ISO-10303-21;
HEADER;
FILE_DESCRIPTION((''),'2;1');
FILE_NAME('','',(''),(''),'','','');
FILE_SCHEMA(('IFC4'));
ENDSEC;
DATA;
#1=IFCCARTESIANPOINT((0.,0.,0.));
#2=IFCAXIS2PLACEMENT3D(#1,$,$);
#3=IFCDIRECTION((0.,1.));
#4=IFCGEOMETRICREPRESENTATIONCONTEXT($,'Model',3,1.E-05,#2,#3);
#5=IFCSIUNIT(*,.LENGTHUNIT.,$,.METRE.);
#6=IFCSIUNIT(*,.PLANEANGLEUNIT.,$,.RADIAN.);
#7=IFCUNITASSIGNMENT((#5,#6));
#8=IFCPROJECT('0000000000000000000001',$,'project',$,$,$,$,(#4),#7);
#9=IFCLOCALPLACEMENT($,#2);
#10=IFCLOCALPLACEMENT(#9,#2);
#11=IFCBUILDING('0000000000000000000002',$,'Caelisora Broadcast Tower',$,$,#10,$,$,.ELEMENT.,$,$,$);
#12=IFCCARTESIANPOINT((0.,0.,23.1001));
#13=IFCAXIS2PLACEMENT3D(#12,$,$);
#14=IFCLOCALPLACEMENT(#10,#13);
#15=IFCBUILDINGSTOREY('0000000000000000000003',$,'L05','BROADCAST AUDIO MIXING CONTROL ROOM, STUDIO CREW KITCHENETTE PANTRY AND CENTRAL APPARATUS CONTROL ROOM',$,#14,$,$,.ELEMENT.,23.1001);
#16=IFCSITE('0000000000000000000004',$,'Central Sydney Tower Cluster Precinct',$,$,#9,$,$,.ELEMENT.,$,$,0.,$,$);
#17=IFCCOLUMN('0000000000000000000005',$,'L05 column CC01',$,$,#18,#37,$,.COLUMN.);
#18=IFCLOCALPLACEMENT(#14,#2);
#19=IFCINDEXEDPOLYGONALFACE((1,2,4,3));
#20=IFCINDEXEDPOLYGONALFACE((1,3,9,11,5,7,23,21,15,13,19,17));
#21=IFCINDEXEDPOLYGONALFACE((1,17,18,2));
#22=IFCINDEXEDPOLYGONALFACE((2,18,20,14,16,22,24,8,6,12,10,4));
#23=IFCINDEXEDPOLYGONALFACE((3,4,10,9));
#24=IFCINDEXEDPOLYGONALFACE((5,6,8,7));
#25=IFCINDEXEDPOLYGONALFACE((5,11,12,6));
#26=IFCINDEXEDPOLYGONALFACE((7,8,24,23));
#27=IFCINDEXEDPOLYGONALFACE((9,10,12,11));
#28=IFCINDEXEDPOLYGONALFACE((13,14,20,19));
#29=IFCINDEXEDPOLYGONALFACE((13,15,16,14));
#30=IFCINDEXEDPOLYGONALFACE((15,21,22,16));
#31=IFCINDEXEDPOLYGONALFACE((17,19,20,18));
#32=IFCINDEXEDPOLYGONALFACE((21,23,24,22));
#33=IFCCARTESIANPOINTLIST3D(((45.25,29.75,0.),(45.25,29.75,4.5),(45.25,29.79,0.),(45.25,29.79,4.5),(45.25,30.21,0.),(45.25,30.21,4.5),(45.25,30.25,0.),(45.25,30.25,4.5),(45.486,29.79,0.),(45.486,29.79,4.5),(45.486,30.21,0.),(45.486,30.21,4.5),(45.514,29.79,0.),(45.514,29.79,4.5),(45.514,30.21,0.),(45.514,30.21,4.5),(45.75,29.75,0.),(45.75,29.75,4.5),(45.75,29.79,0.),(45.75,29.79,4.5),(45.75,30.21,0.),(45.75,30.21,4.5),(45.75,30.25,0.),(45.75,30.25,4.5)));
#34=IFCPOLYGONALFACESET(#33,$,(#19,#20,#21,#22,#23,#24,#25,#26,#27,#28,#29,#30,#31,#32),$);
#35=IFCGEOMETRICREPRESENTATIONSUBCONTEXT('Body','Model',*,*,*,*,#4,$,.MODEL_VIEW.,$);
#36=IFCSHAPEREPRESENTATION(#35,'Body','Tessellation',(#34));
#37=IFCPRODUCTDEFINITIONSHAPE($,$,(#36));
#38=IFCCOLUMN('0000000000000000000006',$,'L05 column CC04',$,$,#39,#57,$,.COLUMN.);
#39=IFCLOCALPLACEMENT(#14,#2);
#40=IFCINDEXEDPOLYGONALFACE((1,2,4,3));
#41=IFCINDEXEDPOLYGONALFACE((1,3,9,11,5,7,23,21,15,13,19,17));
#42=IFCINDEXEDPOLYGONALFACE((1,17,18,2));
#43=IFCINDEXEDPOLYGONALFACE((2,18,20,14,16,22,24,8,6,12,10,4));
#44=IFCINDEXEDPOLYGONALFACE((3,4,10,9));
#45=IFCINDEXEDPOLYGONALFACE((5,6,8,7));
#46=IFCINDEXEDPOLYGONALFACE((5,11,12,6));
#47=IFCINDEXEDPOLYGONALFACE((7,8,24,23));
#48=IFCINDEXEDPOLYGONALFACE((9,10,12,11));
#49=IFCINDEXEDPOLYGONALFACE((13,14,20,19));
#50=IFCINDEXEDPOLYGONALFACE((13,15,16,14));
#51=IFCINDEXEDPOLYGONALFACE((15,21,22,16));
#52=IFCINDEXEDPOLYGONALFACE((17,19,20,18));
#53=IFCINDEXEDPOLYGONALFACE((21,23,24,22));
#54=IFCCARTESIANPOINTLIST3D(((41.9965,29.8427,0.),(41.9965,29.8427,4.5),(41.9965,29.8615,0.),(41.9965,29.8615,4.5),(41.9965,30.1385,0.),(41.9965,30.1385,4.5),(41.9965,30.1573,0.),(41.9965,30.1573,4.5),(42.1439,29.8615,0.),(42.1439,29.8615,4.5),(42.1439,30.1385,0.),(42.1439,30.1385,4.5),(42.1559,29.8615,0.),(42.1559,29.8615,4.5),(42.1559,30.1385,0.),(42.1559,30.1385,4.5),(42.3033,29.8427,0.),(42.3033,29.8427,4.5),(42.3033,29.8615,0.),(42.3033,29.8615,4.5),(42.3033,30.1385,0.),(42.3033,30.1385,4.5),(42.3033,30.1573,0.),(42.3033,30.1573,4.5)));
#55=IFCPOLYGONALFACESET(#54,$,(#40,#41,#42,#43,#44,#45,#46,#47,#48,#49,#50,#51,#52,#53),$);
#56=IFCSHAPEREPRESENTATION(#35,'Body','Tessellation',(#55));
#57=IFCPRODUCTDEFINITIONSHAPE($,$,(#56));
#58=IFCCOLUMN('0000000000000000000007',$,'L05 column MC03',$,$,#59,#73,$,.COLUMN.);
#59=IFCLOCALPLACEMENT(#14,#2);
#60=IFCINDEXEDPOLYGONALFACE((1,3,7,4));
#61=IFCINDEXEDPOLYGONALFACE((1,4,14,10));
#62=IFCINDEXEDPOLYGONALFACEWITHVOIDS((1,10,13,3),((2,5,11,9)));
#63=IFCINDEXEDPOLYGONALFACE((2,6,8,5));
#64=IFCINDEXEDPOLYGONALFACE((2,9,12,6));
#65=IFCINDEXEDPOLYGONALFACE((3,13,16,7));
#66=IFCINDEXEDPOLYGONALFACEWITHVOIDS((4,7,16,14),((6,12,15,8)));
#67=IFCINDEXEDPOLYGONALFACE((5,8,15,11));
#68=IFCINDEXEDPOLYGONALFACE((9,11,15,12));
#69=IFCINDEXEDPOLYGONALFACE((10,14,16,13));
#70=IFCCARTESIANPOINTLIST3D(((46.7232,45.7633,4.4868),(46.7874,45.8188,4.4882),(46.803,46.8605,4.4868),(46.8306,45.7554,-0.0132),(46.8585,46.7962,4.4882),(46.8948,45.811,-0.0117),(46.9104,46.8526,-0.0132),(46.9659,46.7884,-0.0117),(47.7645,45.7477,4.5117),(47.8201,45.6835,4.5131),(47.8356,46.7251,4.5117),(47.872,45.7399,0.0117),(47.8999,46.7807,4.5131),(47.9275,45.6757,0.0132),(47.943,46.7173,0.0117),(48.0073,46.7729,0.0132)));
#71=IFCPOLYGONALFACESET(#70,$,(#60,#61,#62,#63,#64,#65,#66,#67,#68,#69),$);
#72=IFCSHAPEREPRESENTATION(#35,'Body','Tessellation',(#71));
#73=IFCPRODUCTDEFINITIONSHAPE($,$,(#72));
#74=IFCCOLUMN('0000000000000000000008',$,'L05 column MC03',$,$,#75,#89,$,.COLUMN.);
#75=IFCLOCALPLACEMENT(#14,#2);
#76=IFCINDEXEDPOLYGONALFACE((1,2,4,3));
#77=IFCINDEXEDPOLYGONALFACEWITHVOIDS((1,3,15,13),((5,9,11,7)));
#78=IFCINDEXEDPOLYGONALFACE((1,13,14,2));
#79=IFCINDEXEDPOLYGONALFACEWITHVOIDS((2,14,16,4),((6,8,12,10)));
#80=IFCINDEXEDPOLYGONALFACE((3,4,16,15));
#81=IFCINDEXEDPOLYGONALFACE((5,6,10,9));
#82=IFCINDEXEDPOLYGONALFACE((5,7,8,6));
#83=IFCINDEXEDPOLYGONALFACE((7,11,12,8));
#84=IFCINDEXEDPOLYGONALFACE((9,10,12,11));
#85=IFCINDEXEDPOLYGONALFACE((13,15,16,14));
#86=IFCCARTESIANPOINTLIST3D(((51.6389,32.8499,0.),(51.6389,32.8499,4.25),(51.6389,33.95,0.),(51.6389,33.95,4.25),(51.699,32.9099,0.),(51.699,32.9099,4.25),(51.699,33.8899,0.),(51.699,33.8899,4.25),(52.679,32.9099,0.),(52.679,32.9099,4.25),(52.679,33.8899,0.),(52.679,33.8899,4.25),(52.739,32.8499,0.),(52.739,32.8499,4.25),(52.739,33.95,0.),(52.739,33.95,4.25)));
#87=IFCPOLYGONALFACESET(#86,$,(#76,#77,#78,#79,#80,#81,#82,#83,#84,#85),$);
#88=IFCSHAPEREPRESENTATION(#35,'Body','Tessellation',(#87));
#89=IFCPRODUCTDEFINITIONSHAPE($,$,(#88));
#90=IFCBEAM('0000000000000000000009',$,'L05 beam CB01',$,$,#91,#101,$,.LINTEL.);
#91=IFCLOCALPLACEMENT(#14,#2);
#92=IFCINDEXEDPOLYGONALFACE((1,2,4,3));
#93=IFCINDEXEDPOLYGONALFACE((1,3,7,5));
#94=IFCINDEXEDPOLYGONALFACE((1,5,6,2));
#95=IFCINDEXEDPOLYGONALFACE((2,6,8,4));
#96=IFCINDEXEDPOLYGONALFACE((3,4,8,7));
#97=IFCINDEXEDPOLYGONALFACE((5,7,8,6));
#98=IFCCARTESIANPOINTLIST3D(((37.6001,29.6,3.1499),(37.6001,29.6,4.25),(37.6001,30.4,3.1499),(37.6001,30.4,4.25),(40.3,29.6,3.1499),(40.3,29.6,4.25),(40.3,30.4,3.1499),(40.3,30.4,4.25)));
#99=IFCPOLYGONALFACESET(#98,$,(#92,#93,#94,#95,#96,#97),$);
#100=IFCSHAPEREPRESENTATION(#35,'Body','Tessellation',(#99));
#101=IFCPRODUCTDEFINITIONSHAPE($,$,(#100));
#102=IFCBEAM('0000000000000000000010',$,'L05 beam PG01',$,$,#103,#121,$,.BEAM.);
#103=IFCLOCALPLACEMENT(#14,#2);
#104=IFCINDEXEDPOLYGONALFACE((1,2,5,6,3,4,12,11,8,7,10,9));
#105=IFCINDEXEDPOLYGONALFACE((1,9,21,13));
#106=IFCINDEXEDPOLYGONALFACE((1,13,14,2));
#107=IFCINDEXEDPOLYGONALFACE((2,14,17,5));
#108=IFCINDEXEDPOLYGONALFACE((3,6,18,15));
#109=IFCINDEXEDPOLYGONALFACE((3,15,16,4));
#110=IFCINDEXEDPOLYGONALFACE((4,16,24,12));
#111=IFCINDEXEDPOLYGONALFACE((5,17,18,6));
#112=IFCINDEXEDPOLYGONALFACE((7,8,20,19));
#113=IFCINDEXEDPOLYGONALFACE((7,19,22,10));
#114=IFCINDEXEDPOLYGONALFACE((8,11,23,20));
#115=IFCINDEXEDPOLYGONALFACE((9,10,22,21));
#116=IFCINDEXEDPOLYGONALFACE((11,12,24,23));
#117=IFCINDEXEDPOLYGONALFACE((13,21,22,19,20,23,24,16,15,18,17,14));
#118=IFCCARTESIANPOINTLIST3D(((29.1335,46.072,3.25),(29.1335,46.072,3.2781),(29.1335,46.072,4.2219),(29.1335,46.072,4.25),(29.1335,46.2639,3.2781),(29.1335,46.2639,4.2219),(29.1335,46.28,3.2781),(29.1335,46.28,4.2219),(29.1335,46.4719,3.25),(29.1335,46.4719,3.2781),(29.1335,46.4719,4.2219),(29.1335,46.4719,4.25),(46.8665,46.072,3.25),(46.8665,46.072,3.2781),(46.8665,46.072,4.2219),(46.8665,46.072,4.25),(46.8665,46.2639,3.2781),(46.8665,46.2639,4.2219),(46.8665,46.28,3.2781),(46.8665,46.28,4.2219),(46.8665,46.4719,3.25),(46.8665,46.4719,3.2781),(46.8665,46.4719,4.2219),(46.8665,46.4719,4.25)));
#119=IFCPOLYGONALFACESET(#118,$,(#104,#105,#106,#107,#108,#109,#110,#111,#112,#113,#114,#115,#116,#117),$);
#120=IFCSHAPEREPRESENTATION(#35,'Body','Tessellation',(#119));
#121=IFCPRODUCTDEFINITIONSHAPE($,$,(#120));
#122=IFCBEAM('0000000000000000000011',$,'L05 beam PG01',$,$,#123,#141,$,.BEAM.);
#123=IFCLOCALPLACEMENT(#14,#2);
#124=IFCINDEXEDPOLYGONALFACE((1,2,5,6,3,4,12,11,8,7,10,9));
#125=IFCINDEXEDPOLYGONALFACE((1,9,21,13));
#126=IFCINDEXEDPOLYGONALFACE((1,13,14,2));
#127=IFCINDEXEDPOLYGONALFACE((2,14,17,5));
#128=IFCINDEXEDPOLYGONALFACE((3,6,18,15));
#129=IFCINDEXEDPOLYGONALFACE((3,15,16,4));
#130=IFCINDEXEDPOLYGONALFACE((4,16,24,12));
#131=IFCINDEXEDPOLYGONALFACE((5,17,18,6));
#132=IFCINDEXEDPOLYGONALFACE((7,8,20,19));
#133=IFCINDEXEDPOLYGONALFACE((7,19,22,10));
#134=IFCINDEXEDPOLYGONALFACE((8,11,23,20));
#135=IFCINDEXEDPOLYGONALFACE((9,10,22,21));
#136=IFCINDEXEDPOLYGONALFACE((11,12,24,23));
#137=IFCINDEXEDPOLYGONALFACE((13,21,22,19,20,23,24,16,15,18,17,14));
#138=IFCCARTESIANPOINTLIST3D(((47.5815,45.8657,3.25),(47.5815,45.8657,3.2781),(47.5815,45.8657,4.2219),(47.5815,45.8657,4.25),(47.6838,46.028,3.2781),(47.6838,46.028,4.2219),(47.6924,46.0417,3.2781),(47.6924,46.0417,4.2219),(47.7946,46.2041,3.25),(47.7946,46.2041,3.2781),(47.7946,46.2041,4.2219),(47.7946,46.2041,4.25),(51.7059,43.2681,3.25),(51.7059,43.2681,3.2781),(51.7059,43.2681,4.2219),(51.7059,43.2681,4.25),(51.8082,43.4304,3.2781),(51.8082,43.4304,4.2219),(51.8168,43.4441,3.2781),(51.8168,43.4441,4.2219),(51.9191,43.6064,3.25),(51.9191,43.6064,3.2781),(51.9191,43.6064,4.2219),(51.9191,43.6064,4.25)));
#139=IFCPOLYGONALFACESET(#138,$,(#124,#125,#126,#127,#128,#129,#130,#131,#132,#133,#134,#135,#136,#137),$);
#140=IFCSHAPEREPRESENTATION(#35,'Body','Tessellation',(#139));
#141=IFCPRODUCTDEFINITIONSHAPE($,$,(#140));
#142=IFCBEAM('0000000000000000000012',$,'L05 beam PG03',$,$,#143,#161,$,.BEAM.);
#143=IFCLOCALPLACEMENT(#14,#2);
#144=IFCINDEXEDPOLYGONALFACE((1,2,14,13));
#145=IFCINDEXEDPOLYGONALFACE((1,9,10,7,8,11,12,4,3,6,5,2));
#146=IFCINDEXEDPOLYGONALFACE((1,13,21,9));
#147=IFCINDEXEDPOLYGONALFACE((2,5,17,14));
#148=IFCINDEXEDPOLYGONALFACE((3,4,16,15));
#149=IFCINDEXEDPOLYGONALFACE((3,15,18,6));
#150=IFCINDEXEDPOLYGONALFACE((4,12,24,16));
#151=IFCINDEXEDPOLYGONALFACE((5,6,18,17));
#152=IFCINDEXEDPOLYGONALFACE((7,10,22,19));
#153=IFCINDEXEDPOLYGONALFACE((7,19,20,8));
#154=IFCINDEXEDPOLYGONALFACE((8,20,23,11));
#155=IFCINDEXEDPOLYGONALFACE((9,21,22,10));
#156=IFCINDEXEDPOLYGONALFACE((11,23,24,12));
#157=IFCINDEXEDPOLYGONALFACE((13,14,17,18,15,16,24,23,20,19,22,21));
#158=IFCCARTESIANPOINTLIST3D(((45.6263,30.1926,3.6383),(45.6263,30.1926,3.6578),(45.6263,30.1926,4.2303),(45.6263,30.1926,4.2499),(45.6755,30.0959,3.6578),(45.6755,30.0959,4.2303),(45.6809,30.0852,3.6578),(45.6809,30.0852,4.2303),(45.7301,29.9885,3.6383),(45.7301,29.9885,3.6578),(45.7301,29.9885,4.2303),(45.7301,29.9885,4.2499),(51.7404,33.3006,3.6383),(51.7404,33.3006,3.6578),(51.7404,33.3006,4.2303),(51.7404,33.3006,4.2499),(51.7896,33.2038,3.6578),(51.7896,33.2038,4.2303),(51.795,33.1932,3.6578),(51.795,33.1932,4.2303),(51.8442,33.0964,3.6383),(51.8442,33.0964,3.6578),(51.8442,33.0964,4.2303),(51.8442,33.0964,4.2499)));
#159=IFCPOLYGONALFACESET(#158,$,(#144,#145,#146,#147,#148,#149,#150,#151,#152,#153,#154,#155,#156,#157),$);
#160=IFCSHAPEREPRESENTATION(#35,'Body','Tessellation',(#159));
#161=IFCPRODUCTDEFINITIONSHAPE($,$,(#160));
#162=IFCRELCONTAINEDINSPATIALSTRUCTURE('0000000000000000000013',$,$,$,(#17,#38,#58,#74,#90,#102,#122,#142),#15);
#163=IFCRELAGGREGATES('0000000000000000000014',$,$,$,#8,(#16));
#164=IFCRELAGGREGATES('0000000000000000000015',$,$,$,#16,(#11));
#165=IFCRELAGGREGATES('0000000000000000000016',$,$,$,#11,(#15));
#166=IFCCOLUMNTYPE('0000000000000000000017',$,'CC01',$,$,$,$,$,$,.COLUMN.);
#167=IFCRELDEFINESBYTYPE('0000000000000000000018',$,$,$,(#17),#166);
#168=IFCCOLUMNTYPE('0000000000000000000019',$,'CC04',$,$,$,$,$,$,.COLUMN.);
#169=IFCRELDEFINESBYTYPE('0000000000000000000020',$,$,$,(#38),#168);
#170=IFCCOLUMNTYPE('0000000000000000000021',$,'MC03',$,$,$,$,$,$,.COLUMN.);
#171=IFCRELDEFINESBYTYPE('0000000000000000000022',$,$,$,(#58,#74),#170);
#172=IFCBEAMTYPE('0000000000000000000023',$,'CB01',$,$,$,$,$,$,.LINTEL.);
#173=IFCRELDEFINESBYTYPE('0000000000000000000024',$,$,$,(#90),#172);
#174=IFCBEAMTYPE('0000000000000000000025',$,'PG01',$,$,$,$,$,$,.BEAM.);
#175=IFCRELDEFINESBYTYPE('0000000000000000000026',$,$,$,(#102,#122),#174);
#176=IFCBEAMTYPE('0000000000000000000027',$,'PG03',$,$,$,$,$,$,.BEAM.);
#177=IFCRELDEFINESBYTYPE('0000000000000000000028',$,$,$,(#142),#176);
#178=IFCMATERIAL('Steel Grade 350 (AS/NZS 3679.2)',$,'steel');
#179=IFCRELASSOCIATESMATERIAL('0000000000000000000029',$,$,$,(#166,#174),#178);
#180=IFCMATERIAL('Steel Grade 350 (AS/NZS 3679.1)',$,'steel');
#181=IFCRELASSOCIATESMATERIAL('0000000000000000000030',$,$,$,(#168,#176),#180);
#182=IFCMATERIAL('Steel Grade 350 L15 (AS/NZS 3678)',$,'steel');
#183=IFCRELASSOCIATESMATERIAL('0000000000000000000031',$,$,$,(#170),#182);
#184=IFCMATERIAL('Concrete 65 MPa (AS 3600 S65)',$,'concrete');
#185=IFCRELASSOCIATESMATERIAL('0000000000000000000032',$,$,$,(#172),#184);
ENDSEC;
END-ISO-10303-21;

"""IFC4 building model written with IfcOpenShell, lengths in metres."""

from ifc_helpers import new_model, si_unit, direction, frame, origin, origin_2d, place, context, subcontext, project, spatial, rectangle, hollow_rectangle, i_section, extrude, source, transform, mapped, material, material_profile, profile_set, type_object, type_shapes, element, save


model = new_model("IFC4")

# Units and contexts
model_context = context("Model", 3, precision=1e-05, world=origin(), true_north=direction((0.0, 1.0)))
body_context = subcontext(model_context, "Body", "Model", "MODEL_VIEW")
ifc_project = project(units=[si_unit("LENGTHUNIT", "METRE"), si_unit("PLANEANGLEUNIT", "RADIAN")], contexts=[model_context])

# Site, building, storey
site_placement = place(None, origin())
site = spatial("IfcSite", under=ifc_project, at=site_placement, Name="Central Sydney Tower Cluster Precinct", CompositionType="ELEMENT", RefElevation=0.0)
building_placement = place(site_placement, origin())
building = spatial("IfcBuilding", under=site, at=building_placement, Name="Caelisora Broadcast Tower", CompositionType="ELEMENT")
storey_placement = place(building_placement, frame((0.0, 0.0, 23.1001)))
storey = spatial("IfcBuildingStorey", under=building, at=storey_placement, Name="L05", Description="BROADCAST AUDIO MIXING CONTROL ROOM, STUDIO CREW KITCHENETTE PANTRY AND CENTRAL APPARATUS CONTROL ROOM", CompositionType="ELEMENT", Elevation=23.1001)

# Columns
ifc_material_1 = material(Name="Steel Grade 350 (AS/NZS 3679.2)", Category="steel")
ifc_material_profile_1 = material_profile(ifc_material_1, i_section(OverallWidth=0.5, OverallDepth=0.5, WebThickness=0.0281, FlangeThickness=0.04, at=origin_2d()), Name="Steel Grade 350 (AS/NZS 3679.2)")
ifc_profile_set_1 = profile_set([ifc_material_profile_1], Name="Steel Grade 350 (AS/NZS 3679.2)")
column_type_1 = type_object("IfcColumnType", Name="CC01", PredefinedType="COLUMN", material=ifc_profile_set_1)
shared_shape_1 = source(origin(), body_context, "Body", "SweptSolid", [
    extrude(i_section(OverallWidth=0.5, OverallDepth=0.5, WebThickness=0.0281, FlangeThickness=0.04, at=origin_2d()), origin(), (0.0, 0.0, 1.0), 4.5),
])
type_shapes(column_type_1, [shared_shape_1])
column_1_placement = place(storey_placement, frame((45.5, 30.0, 0.0), z_axis=(0.0, 0.0, 1.0), x_axis=(1.0, 0.0, 0.0)))
element("IfcColumn", 1, at=column_1_placement, inside=storey, type_object=column_type_1, Name="L05 column CC01", PredefinedType="COLUMN", context=body_context, shape_type="MappedRepresentation", body=[
    mapped(shared_shape_1, transform((0.0, 0.0, 0.0), scale=1.0)),
])
ifc_material_2 = material(Name="Steel Grade 350 (AS/NZS 3679.1)", Category="steel")
ifc_material_profile_2 = material_profile(ifc_material_2, i_section(OverallWidth=0.3069, OverallDepth=0.3147, WebThickness=0.012, FlangeThickness=0.0188, at=origin_2d()), Name="Steel Grade 350 (AS/NZS 3679.1)")
ifc_profile_set_2 = profile_set([ifc_material_profile_2], Name="Steel Grade 350 (AS/NZS 3679.1)")
column_type_2 = type_object("IfcColumnType", Name="CC04", PredefinedType="COLUMN", material=ifc_profile_set_2)
shared_shape_2 = source(origin(), body_context, "Body", "SweptSolid", [
    extrude(i_section(OverallWidth=0.3069, OverallDepth=0.3147, WebThickness=0.012, FlangeThickness=0.0188, at=origin_2d()), origin(), (0.0, 0.0, 1.0), 4.5),
])
type_shapes(column_type_2, [shared_shape_2])
column_2_placement = place(storey_placement, frame((42.1499, 30.0, 0.0), z_axis=(0.0, 0.0, 1.0), x_axis=(1.0, 0.0, 0.0)))
element("IfcColumn", 2, at=column_2_placement, inside=storey, type_object=column_type_2, Name="L05 column CC04", PredefinedType="COLUMN", context=body_context, shape_type="MappedRepresentation", body=[
    mapped(shared_shape_2, transform((0.0, 0.0, 0.0), scale=1.0)),
])
ifc_material_3 = material(Name="Steel Grade 350 L15 (AS/NZS 3678)", Category="steel")
ifc_material_profile_3 = material_profile(ifc_material_3, hollow_rectangle(XDim=1.1001, YDim=1.1001, WallThickness=0.0601, at=origin_2d()), Name="Steel Grade 350 L15 (AS/NZS 3678)")
ifc_profile_set_3 = profile_set([ifc_material_profile_3], Name="Steel Grade 350 L15 (AS/NZS 3678)")
column_type_3 = type_object("IfcColumnType", Name="MC03", PredefinedType="COLUMN", material=ifc_profile_set_3)
shared_shape_3 = source(origin(), body_context, "Body", "SweptSolid", [
    extrude(hollow_rectangle(XDim=1.1001, YDim=1.1001, WallThickness=0.0601, at=origin_2d()), origin(), (0.0, 0.0, 1.0), 4.5012),
])
column_3_placement = place(storey_placement, frame((47.4189, 46.2642, 0.0), z_axis=(-0.023865, 0.001736, 0.999714), x_axis=(-0.072536, -0.997366, 0.0)))
element("IfcColumn", 3, at=column_3_placement, inside=storey, type_object=column_type_3, Name="L05 column MC03", PredefinedType="COLUMN", context=body_context, shape_type="MappedRepresentation", body=[
    mapped(shared_shape_3, transform((0.0, 0.0, 0.0), scale=1.0)),
])
shared_shape_4 = source(origin(), body_context, "Body", "SweptSolid", [
    extrude(hollow_rectangle(XDim=1.1001, YDim=1.1001, WallThickness=0.0601, at=origin_2d()), origin(), (0.0, 0.0, 1.0), 4.25),
])
type_shapes(column_type_3, [shared_shape_3, shared_shape_4])
column_4_placement = place(storey_placement, frame((52.189, 33.3999, 0.0), z_axis=(0.0, 0.0, 1.0), x_axis=(1.0, 0.0, 0.0)))
element("IfcColumn", 4, at=column_4_placement, inside=storey, type_object=column_type_3, Name="L05 column MC03", PredefinedType="COLUMN", context=body_context, shape_type="MappedRepresentation", body=[
    mapped(shared_shape_4, transform((0.0, 0.0, 0.0), scale=1.0)),
])

# Beams
ifc_material_4 = material(Name="Concrete 65 MPa (AS 3600 S65)", Category="concrete")
ifc_material_profile_4 = material_profile(ifc_material_4, rectangle(XDim=0.8, YDim=1.1001, at=origin_2d()), Name="Concrete 65 MPa (AS 3600 S65)")
ifc_profile_set_4 = profile_set([ifc_material_profile_4], Name="Concrete 65 MPa (AS 3600 S65)")
beam_type_1 = type_object("IfcBeamType", Name="CB01", PredefinedType="LINTEL", material=ifc_profile_set_4)
shared_shape_5 = source(origin(), body_context, "Body", "SweptSolid", [
    extrude(rectangle(XDim=0.8, YDim=1.1001, at=origin_2d()), origin(), (0.0, 0.0, 1.0), 2.7),
])
type_shapes(beam_type_1, [shared_shape_5])
beam_1_placement = place(storey_placement, frame((37.6001, 30.0, 3.7), z_axis=(1.0, 0.0, 0.0), x_axis=(0.0, 1.0, 0.0)))
element("IfcBeam", 5, at=beam_1_placement, inside=storey, type_object=beam_type_1, Name="L05 beam CB01", PredefinedType="LINTEL", context=body_context, shape_type="MappedRepresentation", body=[
    mapped(shared_shape_5, transform((0.0, 0.0, 0.0), scale=1.0)),
])
ifc_material_profile_5 = material_profile(ifc_material_1, i_section(OverallWidth=0.3999, OverallDepth=1.0, WebThickness=0.0161, FlangeThickness=0.0281, at=origin_2d()), Name="Steel Grade 350 (AS/NZS 3679.2)")
ifc_profile_set_5 = profile_set([ifc_material_profile_5], Name="Steel Grade 350 (AS/NZS 3679.2)")
beam_type_2 = type_object("IfcBeamType", Name="PG01", PredefinedType="BEAM", material=ifc_profile_set_5)
shared_shape_6 = source(origin(), body_context, "Body", "SweptSolid", [
    extrude(i_section(OverallWidth=0.3999, OverallDepth=1.0, WebThickness=0.0161, FlangeThickness=0.0281, at=origin_2d()), origin(), (0.0, 0.0, 1.0), 17.7329),
])
beam_2_placement = place(storey_placement, frame((46.8665, 46.272, 3.75), z_axis=(-1.0, 0.0, 0.0), x_axis=(0.0, -1.0, 0.0)))
element("IfcBeam", 6, at=beam_2_placement, inside=storey, type_object=beam_type_2, Name="L05 beam PG01", PredefinedType="BEAM", context=body_context, shape_type="MappedRepresentation", body=[
    mapped(shared_shape_6, transform((0.0, 0.0, 0.0), scale=1.0)),
])
shared_shape_7 = source(origin(), body_context, "Body", "SweptSolid", [
    extrude(i_section(OverallWidth=0.3999, OverallDepth=1.0, WebThickness=0.0161, FlangeThickness=0.0281, at=origin_2d()), origin(), (0.0, 0.0, 1.0), 4.8743),
])
type_shapes(beam_type_2, [shared_shape_6, shared_shape_7])
beam_3_placement = place(storey_placement, frame((51.8125, 43.4373, 3.75), z_axis=(-0.846164, 0.532922, 0.0), x_axis=(-0.532922, -0.846164, 0.0)))
element("IfcBeam", 7, at=beam_3_placement, inside=storey, type_object=beam_type_2, Name="L05 beam PG01", PredefinedType="BEAM", context=body_context, shape_type="MappedRepresentation", body=[
    mapped(shared_shape_7, transform((0.0, 0.0, 0.0), scale=1.0)),
])
ifc_material_profile_6 = material_profile(ifc_material_2, i_section(OverallWidth=0.229, OverallDepth=0.6116, WebThickness=0.012, FlangeThickness=0.0195, at=origin_2d()), Name="Steel Grade 350 (AS/NZS 3679.1)")
ifc_profile_set_6 = profile_set([ifc_material_profile_6], Name="Steel Grade 350 (AS/NZS 3679.1)")
beam_type_3 = type_object("IfcBeamType", Name="PG03", PredefinedType="BEAM", material=ifc_profile_set_6)
shared_shape_8 = source(origin(), body_context, "Body", "SweptSolid", [
    extrude(i_section(OverallWidth=0.229, OverallDepth=0.6116, WebThickness=0.012, FlangeThickness=0.0195, at=origin_2d()), origin(), (0.0, 0.0, 1.0), 6.8586),
])
beam_4_placement = place(storey_placement, frame((45.6782, 30.0906, 3.9441), z_axis=(0.891439, 0.453141, 0.0), x_axis=(-0.453141, 0.891439, 0.0)))
element("IfcBeam", 8, at=beam_4_placement, inside=storey, type_object=beam_type_3, Name="L05 beam PG03", PredefinedType="BEAM", context=body_context, shape_type="MappedRepresentation", body=[
    mapped(shared_shape_8, transform((0.0, 0.0, 0.0), scale=1.0)),
])

save(model, "model.ifc")
